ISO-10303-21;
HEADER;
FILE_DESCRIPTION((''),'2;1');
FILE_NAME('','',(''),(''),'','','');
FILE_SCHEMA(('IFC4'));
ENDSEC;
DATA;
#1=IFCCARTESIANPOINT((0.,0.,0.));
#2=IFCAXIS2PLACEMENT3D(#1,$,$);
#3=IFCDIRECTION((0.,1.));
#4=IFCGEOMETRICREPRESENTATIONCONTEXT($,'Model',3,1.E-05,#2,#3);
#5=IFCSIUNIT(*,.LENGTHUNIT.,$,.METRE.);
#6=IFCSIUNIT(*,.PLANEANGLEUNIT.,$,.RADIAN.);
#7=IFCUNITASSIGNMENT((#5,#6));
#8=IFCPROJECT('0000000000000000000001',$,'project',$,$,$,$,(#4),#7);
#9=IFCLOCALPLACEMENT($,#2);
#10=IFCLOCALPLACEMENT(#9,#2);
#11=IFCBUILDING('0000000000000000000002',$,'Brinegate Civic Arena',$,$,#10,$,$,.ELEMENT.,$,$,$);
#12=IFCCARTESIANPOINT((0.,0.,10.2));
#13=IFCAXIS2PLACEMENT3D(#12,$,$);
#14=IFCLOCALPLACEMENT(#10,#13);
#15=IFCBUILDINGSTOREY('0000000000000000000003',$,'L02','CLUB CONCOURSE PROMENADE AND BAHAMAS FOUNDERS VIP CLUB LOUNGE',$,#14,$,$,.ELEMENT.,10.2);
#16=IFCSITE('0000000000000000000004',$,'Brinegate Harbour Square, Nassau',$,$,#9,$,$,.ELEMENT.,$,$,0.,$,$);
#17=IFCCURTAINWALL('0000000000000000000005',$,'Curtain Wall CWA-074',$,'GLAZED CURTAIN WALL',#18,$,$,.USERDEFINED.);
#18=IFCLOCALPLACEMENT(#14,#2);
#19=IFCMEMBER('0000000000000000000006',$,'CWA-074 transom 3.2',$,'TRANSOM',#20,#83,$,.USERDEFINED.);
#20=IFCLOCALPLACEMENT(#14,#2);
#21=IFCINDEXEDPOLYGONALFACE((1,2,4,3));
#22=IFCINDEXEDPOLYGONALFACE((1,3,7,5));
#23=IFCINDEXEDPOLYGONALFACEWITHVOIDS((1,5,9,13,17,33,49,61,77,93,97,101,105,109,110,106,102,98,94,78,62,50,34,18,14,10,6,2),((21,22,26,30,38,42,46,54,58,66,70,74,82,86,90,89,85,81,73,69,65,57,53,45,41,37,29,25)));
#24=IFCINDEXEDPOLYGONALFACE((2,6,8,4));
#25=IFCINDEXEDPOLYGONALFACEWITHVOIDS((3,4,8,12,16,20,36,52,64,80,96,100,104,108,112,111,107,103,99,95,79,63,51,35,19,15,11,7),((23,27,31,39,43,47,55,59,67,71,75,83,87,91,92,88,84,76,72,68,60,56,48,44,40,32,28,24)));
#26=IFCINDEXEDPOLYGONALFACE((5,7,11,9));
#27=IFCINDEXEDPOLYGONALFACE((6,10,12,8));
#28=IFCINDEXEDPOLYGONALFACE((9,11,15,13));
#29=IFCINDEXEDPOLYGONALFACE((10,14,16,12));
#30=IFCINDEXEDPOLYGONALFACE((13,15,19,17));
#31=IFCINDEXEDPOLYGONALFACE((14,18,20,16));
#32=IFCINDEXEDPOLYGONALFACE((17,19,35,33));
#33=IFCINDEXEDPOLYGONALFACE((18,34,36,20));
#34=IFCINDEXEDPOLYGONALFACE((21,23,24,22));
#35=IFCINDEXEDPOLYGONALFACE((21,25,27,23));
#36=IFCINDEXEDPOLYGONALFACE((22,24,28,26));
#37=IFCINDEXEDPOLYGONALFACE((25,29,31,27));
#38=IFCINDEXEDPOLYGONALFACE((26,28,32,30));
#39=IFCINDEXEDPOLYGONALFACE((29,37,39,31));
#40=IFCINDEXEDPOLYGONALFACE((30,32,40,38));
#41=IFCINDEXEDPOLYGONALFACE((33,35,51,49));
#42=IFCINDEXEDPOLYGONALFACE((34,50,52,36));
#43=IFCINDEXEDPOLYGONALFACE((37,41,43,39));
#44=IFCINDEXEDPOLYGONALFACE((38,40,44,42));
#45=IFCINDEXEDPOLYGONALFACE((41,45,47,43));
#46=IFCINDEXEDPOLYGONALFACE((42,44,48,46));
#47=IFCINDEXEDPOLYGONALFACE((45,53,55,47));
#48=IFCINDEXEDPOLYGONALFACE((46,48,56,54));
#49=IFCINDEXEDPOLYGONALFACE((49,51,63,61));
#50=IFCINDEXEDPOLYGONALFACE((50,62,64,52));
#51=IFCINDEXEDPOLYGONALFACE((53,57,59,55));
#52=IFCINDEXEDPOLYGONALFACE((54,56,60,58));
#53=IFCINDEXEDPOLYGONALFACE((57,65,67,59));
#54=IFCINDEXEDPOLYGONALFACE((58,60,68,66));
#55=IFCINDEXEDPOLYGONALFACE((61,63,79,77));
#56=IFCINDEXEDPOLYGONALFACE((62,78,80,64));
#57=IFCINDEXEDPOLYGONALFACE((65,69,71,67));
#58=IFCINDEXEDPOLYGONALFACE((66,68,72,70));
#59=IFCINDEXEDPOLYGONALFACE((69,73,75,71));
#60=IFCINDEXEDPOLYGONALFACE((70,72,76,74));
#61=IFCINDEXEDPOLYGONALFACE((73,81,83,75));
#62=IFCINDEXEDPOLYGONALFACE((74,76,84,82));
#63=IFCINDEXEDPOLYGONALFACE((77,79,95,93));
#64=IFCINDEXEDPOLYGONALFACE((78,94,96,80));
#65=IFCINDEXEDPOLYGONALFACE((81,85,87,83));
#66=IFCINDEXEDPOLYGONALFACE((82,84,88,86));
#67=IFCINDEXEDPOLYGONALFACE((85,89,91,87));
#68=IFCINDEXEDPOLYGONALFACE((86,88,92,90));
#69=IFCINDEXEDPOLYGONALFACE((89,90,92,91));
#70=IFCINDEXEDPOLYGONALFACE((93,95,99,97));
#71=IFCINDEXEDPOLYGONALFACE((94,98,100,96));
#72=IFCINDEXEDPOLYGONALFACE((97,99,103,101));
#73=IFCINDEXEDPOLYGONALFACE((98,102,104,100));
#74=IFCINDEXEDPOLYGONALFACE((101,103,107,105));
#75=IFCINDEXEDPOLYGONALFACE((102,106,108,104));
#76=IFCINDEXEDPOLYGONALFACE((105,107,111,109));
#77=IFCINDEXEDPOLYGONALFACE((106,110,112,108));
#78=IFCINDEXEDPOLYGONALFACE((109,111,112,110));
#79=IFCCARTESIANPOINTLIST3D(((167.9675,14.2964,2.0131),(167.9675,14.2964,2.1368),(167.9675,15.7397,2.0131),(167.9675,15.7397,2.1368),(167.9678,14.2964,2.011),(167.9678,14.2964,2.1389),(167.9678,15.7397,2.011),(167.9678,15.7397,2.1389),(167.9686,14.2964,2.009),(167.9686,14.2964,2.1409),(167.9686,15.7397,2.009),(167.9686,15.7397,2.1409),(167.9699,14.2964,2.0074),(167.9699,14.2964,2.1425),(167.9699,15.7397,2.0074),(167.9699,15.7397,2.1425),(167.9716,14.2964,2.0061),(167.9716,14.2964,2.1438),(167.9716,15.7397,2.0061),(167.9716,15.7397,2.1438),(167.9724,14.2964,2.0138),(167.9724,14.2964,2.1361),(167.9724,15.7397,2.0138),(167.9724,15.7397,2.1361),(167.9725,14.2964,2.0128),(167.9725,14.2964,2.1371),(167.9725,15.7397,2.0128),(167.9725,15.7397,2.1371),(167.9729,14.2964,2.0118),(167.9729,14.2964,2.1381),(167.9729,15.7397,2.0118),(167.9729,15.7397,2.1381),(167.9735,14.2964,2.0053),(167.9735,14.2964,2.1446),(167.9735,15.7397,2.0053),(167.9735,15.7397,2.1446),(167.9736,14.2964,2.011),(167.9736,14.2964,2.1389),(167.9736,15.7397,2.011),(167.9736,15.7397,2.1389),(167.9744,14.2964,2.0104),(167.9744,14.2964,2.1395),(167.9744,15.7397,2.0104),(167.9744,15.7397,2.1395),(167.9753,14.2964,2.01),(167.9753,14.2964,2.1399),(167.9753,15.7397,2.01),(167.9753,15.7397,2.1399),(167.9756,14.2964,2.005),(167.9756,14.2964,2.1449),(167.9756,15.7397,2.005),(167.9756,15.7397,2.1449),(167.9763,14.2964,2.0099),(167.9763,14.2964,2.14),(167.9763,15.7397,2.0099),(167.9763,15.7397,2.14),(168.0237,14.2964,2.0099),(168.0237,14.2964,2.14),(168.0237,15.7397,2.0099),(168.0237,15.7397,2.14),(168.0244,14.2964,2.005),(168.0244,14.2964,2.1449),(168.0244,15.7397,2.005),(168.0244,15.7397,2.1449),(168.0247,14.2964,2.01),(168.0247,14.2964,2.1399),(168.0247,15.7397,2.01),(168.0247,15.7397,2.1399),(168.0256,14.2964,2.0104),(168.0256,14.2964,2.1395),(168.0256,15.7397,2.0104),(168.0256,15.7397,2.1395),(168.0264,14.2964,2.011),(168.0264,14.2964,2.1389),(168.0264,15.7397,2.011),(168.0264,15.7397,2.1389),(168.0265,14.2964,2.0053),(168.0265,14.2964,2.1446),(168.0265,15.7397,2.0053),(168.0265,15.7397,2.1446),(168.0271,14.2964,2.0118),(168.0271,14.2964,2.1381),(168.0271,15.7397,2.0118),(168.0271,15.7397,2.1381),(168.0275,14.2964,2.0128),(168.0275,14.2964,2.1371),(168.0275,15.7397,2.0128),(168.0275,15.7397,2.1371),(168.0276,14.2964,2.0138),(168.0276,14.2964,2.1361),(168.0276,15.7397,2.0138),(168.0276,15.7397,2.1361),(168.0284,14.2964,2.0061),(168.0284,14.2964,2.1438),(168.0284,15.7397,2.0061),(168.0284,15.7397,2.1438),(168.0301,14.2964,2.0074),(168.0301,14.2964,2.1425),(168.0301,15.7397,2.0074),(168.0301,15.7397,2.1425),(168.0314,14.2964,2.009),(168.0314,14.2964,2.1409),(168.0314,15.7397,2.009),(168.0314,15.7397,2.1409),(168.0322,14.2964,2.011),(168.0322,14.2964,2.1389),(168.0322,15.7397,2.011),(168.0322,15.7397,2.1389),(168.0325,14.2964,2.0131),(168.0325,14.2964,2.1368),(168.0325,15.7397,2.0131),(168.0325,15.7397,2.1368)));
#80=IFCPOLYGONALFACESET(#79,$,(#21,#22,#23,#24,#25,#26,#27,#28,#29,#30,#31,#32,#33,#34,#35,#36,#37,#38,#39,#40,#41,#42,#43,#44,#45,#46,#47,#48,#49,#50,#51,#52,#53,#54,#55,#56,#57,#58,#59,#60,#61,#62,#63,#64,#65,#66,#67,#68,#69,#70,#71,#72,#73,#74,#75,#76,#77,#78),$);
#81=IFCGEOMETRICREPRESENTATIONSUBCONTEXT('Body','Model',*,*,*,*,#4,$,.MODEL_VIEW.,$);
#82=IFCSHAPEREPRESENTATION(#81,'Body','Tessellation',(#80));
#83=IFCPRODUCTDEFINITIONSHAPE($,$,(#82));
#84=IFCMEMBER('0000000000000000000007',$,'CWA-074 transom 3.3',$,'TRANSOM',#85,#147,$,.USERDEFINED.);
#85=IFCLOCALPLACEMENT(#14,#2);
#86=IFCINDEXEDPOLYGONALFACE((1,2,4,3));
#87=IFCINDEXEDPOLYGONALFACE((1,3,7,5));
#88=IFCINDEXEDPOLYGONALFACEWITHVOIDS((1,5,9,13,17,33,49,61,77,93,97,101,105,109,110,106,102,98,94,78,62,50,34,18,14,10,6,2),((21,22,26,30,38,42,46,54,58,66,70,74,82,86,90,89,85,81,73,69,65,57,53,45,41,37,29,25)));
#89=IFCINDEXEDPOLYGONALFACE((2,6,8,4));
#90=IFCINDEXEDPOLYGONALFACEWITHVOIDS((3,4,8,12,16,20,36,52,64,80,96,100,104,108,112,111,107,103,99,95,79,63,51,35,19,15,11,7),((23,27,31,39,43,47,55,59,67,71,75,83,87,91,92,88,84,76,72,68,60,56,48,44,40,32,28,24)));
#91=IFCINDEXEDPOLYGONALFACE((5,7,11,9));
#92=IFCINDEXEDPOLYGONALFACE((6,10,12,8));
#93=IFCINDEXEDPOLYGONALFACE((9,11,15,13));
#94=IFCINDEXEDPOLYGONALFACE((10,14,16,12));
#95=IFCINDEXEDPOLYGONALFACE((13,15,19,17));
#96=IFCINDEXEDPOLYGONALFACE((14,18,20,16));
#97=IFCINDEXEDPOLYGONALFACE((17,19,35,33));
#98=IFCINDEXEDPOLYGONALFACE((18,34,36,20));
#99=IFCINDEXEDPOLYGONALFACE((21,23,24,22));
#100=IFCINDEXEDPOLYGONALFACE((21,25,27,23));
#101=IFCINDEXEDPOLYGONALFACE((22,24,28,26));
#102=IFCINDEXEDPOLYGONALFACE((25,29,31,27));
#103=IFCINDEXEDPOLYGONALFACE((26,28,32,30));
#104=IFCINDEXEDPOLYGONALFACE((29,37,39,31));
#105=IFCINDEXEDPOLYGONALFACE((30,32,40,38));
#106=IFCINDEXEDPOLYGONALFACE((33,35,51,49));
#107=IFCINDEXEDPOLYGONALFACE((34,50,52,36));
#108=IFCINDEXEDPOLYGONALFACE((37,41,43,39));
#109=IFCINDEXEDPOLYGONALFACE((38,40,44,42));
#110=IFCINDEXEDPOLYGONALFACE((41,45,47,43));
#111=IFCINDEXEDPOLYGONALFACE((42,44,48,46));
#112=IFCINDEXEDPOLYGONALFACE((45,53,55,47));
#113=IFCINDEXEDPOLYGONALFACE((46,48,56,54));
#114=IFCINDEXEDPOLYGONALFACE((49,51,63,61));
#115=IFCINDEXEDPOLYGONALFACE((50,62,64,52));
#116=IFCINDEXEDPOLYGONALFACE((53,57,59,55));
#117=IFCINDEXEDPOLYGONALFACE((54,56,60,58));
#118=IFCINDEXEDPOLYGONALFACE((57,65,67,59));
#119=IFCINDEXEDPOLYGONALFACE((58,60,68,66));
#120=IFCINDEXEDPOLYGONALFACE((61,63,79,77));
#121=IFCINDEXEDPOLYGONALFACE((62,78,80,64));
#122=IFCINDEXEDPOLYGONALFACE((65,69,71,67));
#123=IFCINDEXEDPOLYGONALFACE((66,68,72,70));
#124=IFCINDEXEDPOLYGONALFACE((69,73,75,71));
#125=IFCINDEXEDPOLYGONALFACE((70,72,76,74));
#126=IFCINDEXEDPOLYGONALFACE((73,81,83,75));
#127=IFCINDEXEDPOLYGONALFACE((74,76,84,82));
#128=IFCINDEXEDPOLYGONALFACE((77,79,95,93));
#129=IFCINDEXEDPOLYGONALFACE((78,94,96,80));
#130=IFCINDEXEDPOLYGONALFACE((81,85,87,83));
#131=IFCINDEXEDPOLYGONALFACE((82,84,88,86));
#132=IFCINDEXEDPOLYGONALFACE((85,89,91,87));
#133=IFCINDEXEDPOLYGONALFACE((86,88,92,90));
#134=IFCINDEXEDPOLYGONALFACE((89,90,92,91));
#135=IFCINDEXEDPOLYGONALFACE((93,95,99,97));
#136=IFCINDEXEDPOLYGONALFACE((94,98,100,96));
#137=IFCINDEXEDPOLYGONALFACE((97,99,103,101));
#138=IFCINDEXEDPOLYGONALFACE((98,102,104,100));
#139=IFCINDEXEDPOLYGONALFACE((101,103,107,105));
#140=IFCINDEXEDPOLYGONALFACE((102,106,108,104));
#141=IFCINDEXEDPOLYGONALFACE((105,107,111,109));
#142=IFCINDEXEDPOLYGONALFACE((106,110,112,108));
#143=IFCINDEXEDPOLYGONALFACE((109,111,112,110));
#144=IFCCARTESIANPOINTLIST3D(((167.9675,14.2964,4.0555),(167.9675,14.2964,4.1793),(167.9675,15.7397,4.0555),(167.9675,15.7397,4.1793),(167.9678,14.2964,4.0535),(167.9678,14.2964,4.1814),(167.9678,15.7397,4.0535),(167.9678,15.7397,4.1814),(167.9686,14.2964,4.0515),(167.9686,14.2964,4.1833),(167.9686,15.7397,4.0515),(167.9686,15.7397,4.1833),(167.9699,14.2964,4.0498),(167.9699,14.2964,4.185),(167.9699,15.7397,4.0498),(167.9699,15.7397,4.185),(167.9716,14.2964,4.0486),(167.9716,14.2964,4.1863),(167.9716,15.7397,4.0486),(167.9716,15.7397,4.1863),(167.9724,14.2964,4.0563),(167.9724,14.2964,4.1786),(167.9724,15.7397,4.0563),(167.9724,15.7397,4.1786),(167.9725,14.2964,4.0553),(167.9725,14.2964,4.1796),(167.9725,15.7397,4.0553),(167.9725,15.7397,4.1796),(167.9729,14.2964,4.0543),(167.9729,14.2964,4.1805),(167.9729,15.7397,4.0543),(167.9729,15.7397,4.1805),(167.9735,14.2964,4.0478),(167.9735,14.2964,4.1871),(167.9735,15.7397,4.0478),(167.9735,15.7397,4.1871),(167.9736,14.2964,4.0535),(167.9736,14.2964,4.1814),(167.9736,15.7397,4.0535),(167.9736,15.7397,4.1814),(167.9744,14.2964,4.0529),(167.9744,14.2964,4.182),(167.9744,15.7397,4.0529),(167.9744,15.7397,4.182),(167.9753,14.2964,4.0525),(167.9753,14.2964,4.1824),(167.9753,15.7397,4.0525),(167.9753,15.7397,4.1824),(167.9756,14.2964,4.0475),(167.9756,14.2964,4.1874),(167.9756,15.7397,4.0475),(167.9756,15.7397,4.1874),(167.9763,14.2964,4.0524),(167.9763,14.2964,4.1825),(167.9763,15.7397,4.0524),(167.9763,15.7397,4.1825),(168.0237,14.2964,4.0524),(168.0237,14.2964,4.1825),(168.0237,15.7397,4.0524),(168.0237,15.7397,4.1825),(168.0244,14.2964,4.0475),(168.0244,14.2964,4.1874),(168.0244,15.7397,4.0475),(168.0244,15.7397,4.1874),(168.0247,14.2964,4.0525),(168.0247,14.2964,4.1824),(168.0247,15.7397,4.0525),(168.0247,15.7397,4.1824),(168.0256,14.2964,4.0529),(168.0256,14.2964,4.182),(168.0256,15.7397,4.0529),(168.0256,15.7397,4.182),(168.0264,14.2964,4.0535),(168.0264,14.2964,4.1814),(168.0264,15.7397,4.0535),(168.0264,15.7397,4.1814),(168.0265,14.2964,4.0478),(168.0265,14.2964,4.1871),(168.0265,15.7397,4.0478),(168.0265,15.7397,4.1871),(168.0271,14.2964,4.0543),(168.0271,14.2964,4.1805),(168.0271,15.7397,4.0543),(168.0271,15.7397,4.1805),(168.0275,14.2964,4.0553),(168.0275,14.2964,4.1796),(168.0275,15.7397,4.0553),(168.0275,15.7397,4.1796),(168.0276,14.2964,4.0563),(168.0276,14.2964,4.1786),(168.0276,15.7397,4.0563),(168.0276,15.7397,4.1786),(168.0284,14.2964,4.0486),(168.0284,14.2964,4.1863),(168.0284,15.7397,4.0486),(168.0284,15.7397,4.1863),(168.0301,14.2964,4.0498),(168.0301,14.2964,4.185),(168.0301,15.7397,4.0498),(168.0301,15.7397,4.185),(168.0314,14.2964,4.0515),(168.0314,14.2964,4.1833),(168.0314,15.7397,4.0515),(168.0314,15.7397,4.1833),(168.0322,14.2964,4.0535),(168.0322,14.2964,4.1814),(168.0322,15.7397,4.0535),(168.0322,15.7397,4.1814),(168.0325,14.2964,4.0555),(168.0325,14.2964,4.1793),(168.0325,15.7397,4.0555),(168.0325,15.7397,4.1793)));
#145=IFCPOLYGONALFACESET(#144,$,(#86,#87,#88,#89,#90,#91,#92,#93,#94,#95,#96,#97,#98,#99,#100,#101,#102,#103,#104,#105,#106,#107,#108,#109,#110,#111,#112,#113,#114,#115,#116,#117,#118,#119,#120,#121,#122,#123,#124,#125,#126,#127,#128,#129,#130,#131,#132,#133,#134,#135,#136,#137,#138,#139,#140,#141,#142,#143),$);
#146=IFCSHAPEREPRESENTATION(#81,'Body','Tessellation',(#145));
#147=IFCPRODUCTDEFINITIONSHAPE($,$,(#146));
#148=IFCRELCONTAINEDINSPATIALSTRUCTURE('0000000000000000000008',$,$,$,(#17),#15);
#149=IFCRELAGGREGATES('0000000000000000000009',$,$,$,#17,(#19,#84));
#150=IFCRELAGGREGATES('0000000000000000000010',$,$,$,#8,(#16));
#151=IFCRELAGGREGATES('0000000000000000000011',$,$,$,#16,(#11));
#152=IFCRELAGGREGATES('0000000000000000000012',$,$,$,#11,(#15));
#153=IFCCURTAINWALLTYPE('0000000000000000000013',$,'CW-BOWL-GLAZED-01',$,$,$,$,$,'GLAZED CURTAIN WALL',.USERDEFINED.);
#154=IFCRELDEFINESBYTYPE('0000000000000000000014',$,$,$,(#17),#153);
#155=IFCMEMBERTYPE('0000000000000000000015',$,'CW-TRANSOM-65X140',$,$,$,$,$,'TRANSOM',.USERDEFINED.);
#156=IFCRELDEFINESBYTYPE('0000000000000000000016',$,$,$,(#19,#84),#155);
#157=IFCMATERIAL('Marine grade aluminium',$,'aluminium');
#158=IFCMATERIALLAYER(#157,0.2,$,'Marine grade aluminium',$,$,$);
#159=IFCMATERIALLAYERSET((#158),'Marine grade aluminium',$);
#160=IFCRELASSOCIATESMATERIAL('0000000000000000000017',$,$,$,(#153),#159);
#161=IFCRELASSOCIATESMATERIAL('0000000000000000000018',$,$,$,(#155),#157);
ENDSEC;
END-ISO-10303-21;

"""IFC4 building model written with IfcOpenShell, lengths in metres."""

from ifc_helpers import new_model, si_unit, direction, frame, origin, origin_2d, place, context, subcontext, project, spatial, hollow_rectangle, extrude, material, layer, layer_set, material_profile, profile_set, type_object, element, aggregate, save


model = new_model("IFC4")

# Units and contexts
model_context = context("Model", 3, precision=1e-05, world=origin(), true_north=direction((0.0, 1.0)))
body_context = subcontext(model_context, "Body", "Model", "MODEL_VIEW")
ifc_project = project(units=[si_unit("LENGTHUNIT", "METRE"), si_unit("PLANEANGLEUNIT", "RADIAN")], contexts=[model_context])

# Site, building, storey
site_placement = place(None, origin())
site = spatial("IfcSite", under=ifc_project, at=site_placement, Name="Brinegate Harbour Square, Nassau", CompositionType="ELEMENT", RefElevation=0.0)
building_placement = place(site_placement, origin())
building = spatial("IfcBuilding", under=site, at=building_placement, Name="Brinegate Civic Arena", CompositionType="ELEMENT")
storey_placement = place(building_placement, frame((0.0, 0.0, 10.2)))
storey = spatial("IfcBuildingStorey", under=building, at=storey_placement, Name="L02", Description="CLUB CONCOURSE PROMENADE AND BAHAMAS FOUNDERS VIP CLUB LOUNGE", CompositionType="ELEMENT", Elevation=10.2)

# Shared definitions
ifc_material_1 = material(Name="Marine grade aluminium", Category="aluminium")
ifc_layer_1 = layer(ifc_material_1, 0.2, Name="Marine grade aluminium")
ifc_layer_set_1 = layer_set([ifc_layer_1], Name="Marine grade aluminium")
curtain_wall_type = type_object("IfcCurtainWallType", Name="CW-BOWL-GLAZED-01", ElementType="GLAZED CURTAIN WALL", PredefinedType="USERDEFINED", material=ifc_layer_set_1)

# Curtain wall, members
curtain_wall_1_placement = place(storey_placement, origin())
curtain_wall_1 = element("IfcCurtainWall", 1, at=curtain_wall_1_placement, inside=storey, type_object=curtain_wall_type, Name="Curtain Wall CWA-074", ObjectType="GLAZED CURTAIN WALL", PredefinedType="USERDEFINED")
ifc_material_profile_1 = material_profile(ifc_material_1, hollow_rectangle(XDim=0.0649, YDim=0.1399, WallThickness=0.0049, InnerFilletRadius=0.0039, OuterFilletRadius=0.0081, at=origin_2d()), Name="TRN65X140")
ifc_profile_set_1 = profile_set([ifc_material_profile_1], Name="Marine grade aluminium")
member_type_1 = type_object("IfcMemberType", Name="CW-TRANSOM-65X140", ElementType="TRANSOM", PredefinedType="USERDEFINED", material=ifc_profile_set_1)
member_1_placement = place(storey_placement, frame((168.0, 14.2964, 2.075), z_axis=(0.0, 1.0, 0.0), x_axis=(-1.0, 0.0, 0.0)))
member_1 = element("IfcMember", 2, at=member_1_placement, type_object=member_type_1, Name="CWA-074 transom 3.2", ObjectType="TRANSOM", PredefinedType="USERDEFINED", context=body_context, shape_type="SweptSolid", body=[
    extrude(hollow_rectangle(XDim=0.0649, YDim=0.1399, WallThickness=0.0049, InnerFilletRadius=0.0039, OuterFilletRadius=0.0081, at=origin_2d()), origin(), (0.0, 0.0, 1.0), 1.4434),
])
member_2_placement = place(storey_placement, frame((168.0, 14.2964, 4.1174), z_axis=(0.0, 1.0, 0.0), x_axis=(-1.0, 0.0, 0.0)))
member_2 = element("IfcMember", 3, at=member_2_placement, type_object=member_type_1, Name="CWA-074 transom 3.3", ObjectType="TRANSOM", PredefinedType="USERDEFINED", context=body_context, shape_type="SweptSolid", body=[
    extrude(hollow_rectangle(XDim=0.0649, YDim=0.1399, WallThickness=0.0049, InnerFilletRadius=0.0039, OuterFilletRadius=0.0081, at=origin_2d()), origin(), (0.0, 0.0, 1.0), 1.4434),
])

aggregate(curtain_wall_1, [member_1, member_2])

save(model, "model.ifc")
